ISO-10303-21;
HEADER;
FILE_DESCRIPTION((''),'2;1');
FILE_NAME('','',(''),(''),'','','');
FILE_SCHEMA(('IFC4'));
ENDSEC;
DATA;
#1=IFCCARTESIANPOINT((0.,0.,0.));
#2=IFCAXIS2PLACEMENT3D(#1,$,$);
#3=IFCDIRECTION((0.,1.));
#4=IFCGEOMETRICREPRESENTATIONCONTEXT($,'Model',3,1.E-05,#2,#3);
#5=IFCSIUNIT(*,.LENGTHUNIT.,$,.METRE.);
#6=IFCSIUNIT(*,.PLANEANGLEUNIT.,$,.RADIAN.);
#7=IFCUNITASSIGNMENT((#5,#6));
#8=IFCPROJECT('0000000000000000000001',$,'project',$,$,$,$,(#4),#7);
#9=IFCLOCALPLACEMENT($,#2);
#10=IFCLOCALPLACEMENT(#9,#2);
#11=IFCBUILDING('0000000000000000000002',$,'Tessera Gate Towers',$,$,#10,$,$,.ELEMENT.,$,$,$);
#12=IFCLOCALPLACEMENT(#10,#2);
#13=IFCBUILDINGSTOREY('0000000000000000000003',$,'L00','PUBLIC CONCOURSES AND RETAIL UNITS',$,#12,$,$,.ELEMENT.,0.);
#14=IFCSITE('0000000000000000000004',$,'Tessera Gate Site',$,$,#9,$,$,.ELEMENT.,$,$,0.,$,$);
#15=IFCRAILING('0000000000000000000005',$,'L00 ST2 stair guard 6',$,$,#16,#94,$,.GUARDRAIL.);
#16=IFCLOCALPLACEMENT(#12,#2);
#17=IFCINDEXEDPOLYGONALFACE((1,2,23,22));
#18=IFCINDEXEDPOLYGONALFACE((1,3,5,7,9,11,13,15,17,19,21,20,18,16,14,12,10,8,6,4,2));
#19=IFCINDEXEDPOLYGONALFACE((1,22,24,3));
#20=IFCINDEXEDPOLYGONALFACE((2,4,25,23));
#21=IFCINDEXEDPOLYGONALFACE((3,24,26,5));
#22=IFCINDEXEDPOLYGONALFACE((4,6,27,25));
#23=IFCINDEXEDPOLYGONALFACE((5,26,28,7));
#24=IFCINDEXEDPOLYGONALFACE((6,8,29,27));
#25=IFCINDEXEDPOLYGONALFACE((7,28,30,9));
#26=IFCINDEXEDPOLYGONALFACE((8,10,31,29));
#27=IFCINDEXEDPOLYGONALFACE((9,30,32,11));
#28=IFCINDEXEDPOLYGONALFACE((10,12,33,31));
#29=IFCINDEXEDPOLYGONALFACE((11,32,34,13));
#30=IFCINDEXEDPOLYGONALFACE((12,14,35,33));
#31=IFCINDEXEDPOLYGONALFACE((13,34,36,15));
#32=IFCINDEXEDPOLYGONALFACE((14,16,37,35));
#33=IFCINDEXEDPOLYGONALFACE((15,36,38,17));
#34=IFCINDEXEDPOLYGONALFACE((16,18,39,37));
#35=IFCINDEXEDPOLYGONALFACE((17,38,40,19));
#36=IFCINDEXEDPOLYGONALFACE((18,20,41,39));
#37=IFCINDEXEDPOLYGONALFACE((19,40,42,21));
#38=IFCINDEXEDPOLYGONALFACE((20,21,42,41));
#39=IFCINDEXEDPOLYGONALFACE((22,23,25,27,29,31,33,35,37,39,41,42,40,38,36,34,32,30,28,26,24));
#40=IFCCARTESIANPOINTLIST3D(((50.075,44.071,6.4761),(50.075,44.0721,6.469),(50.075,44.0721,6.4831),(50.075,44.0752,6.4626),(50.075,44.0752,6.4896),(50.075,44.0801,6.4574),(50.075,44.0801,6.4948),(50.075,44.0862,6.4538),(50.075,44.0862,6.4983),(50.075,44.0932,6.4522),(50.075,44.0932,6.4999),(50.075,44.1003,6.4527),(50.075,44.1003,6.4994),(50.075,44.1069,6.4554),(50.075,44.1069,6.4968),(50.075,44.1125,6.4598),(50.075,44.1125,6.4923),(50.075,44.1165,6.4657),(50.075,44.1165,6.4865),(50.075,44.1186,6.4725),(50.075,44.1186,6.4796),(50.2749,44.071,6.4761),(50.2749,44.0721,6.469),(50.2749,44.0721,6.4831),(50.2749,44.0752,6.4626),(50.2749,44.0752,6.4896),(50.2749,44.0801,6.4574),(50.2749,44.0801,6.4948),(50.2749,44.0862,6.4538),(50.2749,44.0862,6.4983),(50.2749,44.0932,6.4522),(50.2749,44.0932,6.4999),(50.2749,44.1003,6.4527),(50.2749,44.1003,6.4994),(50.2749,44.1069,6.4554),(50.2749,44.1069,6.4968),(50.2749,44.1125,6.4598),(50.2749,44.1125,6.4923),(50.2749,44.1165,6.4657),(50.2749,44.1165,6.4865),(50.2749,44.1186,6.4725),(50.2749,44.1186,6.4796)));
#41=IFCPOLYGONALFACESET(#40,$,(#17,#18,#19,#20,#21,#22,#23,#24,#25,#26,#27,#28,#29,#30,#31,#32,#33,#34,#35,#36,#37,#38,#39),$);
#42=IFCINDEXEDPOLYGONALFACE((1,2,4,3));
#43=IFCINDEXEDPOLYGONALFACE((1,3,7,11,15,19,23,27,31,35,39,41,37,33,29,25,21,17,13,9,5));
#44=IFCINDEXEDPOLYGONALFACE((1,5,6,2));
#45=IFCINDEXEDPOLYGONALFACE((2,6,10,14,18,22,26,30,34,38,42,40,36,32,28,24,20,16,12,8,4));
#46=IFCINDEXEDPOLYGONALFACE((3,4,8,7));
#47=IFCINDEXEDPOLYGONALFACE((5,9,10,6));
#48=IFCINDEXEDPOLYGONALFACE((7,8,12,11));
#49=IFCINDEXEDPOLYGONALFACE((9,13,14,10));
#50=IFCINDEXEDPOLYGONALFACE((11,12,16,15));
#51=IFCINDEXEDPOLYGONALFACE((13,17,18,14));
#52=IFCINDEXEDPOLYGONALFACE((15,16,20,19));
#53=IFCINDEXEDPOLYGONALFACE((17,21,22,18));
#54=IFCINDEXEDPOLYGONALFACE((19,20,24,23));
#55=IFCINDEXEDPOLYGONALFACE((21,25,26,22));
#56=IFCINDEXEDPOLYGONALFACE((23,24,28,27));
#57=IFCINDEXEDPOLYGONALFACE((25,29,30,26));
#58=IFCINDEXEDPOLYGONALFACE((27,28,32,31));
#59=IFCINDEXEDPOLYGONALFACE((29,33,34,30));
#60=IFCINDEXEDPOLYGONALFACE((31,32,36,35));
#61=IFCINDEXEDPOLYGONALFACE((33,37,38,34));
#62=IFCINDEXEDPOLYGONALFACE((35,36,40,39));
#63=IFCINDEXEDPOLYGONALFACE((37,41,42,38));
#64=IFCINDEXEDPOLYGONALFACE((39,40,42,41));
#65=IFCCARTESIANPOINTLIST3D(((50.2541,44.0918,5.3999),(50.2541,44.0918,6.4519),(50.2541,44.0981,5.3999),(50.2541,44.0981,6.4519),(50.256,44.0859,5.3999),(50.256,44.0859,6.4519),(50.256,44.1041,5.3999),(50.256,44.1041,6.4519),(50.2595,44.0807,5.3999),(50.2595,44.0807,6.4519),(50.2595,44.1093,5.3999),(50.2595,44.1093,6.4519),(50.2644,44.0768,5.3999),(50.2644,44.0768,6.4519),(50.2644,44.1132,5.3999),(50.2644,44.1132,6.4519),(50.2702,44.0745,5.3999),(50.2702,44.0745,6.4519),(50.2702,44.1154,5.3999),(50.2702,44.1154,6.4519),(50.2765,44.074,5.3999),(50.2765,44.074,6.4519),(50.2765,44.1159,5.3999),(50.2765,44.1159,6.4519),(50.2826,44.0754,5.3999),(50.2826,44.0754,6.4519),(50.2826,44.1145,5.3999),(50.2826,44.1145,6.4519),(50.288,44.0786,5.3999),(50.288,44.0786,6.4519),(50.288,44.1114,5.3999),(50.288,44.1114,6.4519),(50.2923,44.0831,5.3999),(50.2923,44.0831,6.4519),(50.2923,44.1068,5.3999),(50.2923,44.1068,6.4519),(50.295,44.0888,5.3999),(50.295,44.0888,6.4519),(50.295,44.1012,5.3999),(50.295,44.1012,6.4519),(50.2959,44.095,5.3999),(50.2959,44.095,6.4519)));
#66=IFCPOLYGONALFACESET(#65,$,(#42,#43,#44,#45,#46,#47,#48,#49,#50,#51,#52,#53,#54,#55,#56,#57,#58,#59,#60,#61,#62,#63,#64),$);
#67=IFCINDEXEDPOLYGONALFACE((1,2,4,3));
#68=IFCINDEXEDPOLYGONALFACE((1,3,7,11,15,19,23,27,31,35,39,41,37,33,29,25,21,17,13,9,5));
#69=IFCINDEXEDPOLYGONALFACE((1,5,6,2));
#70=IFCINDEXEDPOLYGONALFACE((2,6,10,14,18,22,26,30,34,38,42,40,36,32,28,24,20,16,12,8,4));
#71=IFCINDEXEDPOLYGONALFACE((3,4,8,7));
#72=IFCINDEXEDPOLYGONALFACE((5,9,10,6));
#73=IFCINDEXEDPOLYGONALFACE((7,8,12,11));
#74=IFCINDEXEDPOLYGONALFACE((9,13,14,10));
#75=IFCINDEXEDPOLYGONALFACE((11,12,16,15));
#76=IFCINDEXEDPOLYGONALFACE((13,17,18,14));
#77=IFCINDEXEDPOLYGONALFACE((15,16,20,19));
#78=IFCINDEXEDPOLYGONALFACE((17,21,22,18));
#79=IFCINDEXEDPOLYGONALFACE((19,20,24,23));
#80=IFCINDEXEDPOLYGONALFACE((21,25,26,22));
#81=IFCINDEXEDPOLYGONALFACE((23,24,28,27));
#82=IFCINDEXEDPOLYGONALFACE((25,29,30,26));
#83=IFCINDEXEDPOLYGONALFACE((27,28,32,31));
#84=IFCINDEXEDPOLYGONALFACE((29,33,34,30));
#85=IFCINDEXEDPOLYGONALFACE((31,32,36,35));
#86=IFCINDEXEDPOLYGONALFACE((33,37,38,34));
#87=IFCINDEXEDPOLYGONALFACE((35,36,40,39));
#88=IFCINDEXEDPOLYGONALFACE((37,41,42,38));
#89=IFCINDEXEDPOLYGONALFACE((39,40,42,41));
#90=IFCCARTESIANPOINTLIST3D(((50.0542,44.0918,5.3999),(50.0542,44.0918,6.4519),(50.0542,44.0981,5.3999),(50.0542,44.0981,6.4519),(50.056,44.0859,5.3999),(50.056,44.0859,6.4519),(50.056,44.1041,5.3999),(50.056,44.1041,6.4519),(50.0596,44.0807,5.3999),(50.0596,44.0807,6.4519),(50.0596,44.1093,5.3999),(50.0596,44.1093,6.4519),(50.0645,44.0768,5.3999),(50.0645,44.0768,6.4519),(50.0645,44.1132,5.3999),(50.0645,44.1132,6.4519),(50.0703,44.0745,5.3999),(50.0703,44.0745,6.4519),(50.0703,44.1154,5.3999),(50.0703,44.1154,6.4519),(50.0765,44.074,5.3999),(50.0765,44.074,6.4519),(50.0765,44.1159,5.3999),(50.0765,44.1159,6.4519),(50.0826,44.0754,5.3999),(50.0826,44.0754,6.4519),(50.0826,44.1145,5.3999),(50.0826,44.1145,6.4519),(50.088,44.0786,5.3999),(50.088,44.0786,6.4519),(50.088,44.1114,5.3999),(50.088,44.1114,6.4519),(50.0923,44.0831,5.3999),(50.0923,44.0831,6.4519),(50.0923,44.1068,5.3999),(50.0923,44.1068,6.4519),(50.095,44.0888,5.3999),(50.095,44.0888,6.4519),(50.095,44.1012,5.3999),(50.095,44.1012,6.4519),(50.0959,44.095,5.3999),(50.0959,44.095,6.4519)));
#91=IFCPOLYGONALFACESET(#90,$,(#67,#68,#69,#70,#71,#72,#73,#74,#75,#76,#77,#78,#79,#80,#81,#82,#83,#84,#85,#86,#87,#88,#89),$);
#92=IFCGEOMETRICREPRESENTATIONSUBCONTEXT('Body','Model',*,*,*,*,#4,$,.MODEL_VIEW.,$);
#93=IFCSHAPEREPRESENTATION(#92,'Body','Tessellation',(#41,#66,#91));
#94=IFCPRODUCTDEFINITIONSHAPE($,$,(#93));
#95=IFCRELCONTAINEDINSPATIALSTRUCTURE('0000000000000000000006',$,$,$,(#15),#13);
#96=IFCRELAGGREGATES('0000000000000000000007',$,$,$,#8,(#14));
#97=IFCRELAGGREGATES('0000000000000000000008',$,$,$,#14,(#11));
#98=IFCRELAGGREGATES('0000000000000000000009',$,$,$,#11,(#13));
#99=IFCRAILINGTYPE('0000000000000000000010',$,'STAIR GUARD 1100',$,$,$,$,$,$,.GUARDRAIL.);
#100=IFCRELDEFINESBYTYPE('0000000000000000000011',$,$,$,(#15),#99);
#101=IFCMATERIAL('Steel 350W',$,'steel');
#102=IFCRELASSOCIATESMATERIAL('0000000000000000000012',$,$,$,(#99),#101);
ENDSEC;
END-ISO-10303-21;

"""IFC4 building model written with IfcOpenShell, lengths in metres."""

from ifc_helpers import new_model, si_unit, direction, frame, origin, origin_2d, place, context, subcontext, project, spatial, circle, extrude, material, type_object, element, save


model = new_model("IFC4")

# Units and contexts
model_context = context("Model", 3, precision=1e-05, world=origin(), true_north=direction((0.0, 1.0)))
body_context = subcontext(model_context, "Body", "Model", "MODEL_VIEW")
ifc_project = project(units=[si_unit("LENGTHUNIT", "METRE"), si_unit("PLANEANGLEUNIT", "RADIAN")], contexts=[model_context])

# Site, building, storey
site_placement = place(None, origin())
site = spatial("IfcSite", under=ifc_project, at=site_placement, Name="Tessera Gate Site", CompositionType="ELEMENT", RefElevation=0.0)
building_placement = place(site_placement, origin())
building = spatial("IfcBuilding", under=site, at=building_placement, Name="Tessera Gate Towers", CompositionType="ELEMENT")
storey_placement = place(building_placement, origin())
storey = spatial("IfcBuildingStorey", under=building, at=storey_placement, Name="L00", Description="PUBLIC CONCOURSES AND RETAIL UNITS", CompositionType="ELEMENT", Elevation=0.0)

# Railing
ifc_material_1 = material(Name="Steel 350W", Category="steel")
railing_type_1 = type_object("IfcRailingType", Name="STAIR GUARD 1100", PredefinedType="GUARDRAIL", material=ifc_material_1)
railing_1_placement = place(storey_placement, frame((50.2749, 44.095, 5.3999)))
element("IfcRailing", 1, at=railing_1_placement, inside=storey, type_object=railing_type_1, Name="L00 ST2 stair guard 6", PredefinedType="GUARDRAIL", context=body_context, shape_type="SweptSolid", body=[
    extrude(circle(Radius=0.0239, at=origin_2d()), frame((0.0, 0.0, 1.0762), z_axis=(-1.0, 0.0, 0.0), x_axis=(0.0, -1.0, 0.0)), (0.0, 0.0, 1.0), 0.2),
    extrude(circle(Radius=0.021, at=origin_2d()), origin(), (0.0, 0.0, 1.0), 1.052),
    extrude(circle(Radius=0.021, at=origin_2d()), frame((-0.2, 0.0, 0.0)), (0.0, 0.0, 1.0), 1.052),
])

save(model, "model.ifc")
